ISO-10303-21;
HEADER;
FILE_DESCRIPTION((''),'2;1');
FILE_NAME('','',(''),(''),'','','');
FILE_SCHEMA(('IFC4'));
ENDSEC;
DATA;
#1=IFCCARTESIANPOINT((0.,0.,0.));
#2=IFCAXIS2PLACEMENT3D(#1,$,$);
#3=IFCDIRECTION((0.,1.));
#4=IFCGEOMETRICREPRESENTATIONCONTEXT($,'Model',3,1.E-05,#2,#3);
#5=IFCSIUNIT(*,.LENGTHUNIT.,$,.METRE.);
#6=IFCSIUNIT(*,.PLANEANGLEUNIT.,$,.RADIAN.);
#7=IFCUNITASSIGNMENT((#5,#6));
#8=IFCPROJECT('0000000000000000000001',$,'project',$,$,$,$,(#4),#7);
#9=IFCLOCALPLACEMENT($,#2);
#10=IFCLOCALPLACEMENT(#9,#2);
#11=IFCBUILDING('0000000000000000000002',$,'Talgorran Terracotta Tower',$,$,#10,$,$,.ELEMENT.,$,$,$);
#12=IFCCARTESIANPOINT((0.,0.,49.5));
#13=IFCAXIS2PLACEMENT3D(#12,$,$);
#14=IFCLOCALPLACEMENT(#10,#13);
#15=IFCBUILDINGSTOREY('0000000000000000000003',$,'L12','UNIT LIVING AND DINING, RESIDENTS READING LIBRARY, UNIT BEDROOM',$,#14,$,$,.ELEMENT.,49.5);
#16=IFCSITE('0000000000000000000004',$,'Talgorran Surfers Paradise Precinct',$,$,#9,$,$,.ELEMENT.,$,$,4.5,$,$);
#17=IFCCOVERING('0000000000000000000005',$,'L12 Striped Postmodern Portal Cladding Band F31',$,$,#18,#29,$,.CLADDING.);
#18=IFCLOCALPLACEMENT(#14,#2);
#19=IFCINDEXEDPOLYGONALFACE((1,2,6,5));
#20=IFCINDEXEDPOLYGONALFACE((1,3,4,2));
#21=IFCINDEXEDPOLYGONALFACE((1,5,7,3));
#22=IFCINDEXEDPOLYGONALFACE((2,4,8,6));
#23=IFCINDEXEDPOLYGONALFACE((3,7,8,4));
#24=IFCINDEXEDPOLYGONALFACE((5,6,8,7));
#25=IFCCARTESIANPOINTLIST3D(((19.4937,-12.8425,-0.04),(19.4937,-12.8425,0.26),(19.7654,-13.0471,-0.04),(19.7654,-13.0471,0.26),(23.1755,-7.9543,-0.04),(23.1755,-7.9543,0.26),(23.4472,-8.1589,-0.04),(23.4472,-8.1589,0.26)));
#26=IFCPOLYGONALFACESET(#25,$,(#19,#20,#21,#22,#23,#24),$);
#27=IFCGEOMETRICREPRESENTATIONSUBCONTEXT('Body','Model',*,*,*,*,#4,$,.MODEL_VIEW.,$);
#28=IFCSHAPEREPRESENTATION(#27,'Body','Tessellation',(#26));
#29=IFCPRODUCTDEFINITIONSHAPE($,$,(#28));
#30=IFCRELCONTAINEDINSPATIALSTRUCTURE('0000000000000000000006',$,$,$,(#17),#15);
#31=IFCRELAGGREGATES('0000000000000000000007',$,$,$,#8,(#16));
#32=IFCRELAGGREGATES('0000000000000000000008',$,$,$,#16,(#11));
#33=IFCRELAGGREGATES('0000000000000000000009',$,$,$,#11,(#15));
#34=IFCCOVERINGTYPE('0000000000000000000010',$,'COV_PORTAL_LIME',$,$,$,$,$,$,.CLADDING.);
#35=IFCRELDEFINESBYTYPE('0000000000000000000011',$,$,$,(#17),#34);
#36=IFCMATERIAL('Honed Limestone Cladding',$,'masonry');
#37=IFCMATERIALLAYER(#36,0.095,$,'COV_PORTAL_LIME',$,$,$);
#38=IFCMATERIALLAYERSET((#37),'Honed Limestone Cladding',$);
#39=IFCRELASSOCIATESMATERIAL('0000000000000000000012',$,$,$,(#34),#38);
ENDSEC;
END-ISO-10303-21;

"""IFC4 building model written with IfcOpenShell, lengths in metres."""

from ifc_helpers import new_model, si_unit, direction, frame, origin, origin_2d, place, context, subcontext, project, spatial, rectangle, extrude, material, layer, layer_set, type_object, element, save


model = new_model("IFC4")

# Units and contexts
model_context = context("Model", 3, precision=1e-05, world=origin(), true_north=direction((0.0, 1.0)))
body_context = subcontext(model_context, "Body", "Model", "MODEL_VIEW")
ifc_project = project(units=[si_unit("LENGTHUNIT", "METRE"), si_unit("PLANEANGLEUNIT", "RADIAN")], contexts=[model_context])

# Site, building, storey
site_placement = place(None, origin())
site = spatial("IfcSite", under=ifc_project, at=site_placement, Name="Talgorran Surfers Paradise Precinct", CompositionType="ELEMENT", RefElevation=4.5)
building_placement = place(site_placement, origin())
building = spatial("IfcBuilding", under=site, at=building_placement, Name="Talgorran Terracotta Tower", CompositionType="ELEMENT")
storey_placement = place(building_placement, frame((0.0, 0.0, 49.5)))
storey = spatial("IfcBuildingStorey", under=building, at=storey_placement, Name="L12", Description="UNIT LIVING AND DINING, RESIDENTS READING LIBRARY, UNIT BEDROOM", CompositionType="ELEMENT", Elevation=49.5)

# Covering
ifc_material_1 = material(Name="Honed Limestone Cladding", Category="masonry")
ifc_layer_1 = layer(ifc_material_1, 0.095, Name="COV_PORTAL_LIME")
ifc_layer_set_1 = layer_set([ifc_layer_1], Name="Honed Limestone Cladding")
covering_type_1 = type_object("IfcCoveringType", Name="COV_PORTAL_LIME", PredefinedType="CLADDING", material=ifc_layer_set_1)
covering_1_placement = place(storey_placement, frame((21.4705, -10.5007, -0.04), z_axis=(0.0, 0.0, 1.0), x_axis=(0.601634, 0.798772, 0.0)))
element("IfcCovering", 1, at=covering_1_placement, inside=storey, type_object=covering_type_1, Name="L12 Striped Postmodern Portal Cladding Band F31", PredefinedType="CLADDING", context=body_context, shape_type="SweptSolid", body=[
    extrude(rectangle(XDim=6.1196, YDim=0.3401, at=origin_2d()), origin(), (0.0, 0.0, 1.0), 0.3),
])

save(model, "model.ifc")
